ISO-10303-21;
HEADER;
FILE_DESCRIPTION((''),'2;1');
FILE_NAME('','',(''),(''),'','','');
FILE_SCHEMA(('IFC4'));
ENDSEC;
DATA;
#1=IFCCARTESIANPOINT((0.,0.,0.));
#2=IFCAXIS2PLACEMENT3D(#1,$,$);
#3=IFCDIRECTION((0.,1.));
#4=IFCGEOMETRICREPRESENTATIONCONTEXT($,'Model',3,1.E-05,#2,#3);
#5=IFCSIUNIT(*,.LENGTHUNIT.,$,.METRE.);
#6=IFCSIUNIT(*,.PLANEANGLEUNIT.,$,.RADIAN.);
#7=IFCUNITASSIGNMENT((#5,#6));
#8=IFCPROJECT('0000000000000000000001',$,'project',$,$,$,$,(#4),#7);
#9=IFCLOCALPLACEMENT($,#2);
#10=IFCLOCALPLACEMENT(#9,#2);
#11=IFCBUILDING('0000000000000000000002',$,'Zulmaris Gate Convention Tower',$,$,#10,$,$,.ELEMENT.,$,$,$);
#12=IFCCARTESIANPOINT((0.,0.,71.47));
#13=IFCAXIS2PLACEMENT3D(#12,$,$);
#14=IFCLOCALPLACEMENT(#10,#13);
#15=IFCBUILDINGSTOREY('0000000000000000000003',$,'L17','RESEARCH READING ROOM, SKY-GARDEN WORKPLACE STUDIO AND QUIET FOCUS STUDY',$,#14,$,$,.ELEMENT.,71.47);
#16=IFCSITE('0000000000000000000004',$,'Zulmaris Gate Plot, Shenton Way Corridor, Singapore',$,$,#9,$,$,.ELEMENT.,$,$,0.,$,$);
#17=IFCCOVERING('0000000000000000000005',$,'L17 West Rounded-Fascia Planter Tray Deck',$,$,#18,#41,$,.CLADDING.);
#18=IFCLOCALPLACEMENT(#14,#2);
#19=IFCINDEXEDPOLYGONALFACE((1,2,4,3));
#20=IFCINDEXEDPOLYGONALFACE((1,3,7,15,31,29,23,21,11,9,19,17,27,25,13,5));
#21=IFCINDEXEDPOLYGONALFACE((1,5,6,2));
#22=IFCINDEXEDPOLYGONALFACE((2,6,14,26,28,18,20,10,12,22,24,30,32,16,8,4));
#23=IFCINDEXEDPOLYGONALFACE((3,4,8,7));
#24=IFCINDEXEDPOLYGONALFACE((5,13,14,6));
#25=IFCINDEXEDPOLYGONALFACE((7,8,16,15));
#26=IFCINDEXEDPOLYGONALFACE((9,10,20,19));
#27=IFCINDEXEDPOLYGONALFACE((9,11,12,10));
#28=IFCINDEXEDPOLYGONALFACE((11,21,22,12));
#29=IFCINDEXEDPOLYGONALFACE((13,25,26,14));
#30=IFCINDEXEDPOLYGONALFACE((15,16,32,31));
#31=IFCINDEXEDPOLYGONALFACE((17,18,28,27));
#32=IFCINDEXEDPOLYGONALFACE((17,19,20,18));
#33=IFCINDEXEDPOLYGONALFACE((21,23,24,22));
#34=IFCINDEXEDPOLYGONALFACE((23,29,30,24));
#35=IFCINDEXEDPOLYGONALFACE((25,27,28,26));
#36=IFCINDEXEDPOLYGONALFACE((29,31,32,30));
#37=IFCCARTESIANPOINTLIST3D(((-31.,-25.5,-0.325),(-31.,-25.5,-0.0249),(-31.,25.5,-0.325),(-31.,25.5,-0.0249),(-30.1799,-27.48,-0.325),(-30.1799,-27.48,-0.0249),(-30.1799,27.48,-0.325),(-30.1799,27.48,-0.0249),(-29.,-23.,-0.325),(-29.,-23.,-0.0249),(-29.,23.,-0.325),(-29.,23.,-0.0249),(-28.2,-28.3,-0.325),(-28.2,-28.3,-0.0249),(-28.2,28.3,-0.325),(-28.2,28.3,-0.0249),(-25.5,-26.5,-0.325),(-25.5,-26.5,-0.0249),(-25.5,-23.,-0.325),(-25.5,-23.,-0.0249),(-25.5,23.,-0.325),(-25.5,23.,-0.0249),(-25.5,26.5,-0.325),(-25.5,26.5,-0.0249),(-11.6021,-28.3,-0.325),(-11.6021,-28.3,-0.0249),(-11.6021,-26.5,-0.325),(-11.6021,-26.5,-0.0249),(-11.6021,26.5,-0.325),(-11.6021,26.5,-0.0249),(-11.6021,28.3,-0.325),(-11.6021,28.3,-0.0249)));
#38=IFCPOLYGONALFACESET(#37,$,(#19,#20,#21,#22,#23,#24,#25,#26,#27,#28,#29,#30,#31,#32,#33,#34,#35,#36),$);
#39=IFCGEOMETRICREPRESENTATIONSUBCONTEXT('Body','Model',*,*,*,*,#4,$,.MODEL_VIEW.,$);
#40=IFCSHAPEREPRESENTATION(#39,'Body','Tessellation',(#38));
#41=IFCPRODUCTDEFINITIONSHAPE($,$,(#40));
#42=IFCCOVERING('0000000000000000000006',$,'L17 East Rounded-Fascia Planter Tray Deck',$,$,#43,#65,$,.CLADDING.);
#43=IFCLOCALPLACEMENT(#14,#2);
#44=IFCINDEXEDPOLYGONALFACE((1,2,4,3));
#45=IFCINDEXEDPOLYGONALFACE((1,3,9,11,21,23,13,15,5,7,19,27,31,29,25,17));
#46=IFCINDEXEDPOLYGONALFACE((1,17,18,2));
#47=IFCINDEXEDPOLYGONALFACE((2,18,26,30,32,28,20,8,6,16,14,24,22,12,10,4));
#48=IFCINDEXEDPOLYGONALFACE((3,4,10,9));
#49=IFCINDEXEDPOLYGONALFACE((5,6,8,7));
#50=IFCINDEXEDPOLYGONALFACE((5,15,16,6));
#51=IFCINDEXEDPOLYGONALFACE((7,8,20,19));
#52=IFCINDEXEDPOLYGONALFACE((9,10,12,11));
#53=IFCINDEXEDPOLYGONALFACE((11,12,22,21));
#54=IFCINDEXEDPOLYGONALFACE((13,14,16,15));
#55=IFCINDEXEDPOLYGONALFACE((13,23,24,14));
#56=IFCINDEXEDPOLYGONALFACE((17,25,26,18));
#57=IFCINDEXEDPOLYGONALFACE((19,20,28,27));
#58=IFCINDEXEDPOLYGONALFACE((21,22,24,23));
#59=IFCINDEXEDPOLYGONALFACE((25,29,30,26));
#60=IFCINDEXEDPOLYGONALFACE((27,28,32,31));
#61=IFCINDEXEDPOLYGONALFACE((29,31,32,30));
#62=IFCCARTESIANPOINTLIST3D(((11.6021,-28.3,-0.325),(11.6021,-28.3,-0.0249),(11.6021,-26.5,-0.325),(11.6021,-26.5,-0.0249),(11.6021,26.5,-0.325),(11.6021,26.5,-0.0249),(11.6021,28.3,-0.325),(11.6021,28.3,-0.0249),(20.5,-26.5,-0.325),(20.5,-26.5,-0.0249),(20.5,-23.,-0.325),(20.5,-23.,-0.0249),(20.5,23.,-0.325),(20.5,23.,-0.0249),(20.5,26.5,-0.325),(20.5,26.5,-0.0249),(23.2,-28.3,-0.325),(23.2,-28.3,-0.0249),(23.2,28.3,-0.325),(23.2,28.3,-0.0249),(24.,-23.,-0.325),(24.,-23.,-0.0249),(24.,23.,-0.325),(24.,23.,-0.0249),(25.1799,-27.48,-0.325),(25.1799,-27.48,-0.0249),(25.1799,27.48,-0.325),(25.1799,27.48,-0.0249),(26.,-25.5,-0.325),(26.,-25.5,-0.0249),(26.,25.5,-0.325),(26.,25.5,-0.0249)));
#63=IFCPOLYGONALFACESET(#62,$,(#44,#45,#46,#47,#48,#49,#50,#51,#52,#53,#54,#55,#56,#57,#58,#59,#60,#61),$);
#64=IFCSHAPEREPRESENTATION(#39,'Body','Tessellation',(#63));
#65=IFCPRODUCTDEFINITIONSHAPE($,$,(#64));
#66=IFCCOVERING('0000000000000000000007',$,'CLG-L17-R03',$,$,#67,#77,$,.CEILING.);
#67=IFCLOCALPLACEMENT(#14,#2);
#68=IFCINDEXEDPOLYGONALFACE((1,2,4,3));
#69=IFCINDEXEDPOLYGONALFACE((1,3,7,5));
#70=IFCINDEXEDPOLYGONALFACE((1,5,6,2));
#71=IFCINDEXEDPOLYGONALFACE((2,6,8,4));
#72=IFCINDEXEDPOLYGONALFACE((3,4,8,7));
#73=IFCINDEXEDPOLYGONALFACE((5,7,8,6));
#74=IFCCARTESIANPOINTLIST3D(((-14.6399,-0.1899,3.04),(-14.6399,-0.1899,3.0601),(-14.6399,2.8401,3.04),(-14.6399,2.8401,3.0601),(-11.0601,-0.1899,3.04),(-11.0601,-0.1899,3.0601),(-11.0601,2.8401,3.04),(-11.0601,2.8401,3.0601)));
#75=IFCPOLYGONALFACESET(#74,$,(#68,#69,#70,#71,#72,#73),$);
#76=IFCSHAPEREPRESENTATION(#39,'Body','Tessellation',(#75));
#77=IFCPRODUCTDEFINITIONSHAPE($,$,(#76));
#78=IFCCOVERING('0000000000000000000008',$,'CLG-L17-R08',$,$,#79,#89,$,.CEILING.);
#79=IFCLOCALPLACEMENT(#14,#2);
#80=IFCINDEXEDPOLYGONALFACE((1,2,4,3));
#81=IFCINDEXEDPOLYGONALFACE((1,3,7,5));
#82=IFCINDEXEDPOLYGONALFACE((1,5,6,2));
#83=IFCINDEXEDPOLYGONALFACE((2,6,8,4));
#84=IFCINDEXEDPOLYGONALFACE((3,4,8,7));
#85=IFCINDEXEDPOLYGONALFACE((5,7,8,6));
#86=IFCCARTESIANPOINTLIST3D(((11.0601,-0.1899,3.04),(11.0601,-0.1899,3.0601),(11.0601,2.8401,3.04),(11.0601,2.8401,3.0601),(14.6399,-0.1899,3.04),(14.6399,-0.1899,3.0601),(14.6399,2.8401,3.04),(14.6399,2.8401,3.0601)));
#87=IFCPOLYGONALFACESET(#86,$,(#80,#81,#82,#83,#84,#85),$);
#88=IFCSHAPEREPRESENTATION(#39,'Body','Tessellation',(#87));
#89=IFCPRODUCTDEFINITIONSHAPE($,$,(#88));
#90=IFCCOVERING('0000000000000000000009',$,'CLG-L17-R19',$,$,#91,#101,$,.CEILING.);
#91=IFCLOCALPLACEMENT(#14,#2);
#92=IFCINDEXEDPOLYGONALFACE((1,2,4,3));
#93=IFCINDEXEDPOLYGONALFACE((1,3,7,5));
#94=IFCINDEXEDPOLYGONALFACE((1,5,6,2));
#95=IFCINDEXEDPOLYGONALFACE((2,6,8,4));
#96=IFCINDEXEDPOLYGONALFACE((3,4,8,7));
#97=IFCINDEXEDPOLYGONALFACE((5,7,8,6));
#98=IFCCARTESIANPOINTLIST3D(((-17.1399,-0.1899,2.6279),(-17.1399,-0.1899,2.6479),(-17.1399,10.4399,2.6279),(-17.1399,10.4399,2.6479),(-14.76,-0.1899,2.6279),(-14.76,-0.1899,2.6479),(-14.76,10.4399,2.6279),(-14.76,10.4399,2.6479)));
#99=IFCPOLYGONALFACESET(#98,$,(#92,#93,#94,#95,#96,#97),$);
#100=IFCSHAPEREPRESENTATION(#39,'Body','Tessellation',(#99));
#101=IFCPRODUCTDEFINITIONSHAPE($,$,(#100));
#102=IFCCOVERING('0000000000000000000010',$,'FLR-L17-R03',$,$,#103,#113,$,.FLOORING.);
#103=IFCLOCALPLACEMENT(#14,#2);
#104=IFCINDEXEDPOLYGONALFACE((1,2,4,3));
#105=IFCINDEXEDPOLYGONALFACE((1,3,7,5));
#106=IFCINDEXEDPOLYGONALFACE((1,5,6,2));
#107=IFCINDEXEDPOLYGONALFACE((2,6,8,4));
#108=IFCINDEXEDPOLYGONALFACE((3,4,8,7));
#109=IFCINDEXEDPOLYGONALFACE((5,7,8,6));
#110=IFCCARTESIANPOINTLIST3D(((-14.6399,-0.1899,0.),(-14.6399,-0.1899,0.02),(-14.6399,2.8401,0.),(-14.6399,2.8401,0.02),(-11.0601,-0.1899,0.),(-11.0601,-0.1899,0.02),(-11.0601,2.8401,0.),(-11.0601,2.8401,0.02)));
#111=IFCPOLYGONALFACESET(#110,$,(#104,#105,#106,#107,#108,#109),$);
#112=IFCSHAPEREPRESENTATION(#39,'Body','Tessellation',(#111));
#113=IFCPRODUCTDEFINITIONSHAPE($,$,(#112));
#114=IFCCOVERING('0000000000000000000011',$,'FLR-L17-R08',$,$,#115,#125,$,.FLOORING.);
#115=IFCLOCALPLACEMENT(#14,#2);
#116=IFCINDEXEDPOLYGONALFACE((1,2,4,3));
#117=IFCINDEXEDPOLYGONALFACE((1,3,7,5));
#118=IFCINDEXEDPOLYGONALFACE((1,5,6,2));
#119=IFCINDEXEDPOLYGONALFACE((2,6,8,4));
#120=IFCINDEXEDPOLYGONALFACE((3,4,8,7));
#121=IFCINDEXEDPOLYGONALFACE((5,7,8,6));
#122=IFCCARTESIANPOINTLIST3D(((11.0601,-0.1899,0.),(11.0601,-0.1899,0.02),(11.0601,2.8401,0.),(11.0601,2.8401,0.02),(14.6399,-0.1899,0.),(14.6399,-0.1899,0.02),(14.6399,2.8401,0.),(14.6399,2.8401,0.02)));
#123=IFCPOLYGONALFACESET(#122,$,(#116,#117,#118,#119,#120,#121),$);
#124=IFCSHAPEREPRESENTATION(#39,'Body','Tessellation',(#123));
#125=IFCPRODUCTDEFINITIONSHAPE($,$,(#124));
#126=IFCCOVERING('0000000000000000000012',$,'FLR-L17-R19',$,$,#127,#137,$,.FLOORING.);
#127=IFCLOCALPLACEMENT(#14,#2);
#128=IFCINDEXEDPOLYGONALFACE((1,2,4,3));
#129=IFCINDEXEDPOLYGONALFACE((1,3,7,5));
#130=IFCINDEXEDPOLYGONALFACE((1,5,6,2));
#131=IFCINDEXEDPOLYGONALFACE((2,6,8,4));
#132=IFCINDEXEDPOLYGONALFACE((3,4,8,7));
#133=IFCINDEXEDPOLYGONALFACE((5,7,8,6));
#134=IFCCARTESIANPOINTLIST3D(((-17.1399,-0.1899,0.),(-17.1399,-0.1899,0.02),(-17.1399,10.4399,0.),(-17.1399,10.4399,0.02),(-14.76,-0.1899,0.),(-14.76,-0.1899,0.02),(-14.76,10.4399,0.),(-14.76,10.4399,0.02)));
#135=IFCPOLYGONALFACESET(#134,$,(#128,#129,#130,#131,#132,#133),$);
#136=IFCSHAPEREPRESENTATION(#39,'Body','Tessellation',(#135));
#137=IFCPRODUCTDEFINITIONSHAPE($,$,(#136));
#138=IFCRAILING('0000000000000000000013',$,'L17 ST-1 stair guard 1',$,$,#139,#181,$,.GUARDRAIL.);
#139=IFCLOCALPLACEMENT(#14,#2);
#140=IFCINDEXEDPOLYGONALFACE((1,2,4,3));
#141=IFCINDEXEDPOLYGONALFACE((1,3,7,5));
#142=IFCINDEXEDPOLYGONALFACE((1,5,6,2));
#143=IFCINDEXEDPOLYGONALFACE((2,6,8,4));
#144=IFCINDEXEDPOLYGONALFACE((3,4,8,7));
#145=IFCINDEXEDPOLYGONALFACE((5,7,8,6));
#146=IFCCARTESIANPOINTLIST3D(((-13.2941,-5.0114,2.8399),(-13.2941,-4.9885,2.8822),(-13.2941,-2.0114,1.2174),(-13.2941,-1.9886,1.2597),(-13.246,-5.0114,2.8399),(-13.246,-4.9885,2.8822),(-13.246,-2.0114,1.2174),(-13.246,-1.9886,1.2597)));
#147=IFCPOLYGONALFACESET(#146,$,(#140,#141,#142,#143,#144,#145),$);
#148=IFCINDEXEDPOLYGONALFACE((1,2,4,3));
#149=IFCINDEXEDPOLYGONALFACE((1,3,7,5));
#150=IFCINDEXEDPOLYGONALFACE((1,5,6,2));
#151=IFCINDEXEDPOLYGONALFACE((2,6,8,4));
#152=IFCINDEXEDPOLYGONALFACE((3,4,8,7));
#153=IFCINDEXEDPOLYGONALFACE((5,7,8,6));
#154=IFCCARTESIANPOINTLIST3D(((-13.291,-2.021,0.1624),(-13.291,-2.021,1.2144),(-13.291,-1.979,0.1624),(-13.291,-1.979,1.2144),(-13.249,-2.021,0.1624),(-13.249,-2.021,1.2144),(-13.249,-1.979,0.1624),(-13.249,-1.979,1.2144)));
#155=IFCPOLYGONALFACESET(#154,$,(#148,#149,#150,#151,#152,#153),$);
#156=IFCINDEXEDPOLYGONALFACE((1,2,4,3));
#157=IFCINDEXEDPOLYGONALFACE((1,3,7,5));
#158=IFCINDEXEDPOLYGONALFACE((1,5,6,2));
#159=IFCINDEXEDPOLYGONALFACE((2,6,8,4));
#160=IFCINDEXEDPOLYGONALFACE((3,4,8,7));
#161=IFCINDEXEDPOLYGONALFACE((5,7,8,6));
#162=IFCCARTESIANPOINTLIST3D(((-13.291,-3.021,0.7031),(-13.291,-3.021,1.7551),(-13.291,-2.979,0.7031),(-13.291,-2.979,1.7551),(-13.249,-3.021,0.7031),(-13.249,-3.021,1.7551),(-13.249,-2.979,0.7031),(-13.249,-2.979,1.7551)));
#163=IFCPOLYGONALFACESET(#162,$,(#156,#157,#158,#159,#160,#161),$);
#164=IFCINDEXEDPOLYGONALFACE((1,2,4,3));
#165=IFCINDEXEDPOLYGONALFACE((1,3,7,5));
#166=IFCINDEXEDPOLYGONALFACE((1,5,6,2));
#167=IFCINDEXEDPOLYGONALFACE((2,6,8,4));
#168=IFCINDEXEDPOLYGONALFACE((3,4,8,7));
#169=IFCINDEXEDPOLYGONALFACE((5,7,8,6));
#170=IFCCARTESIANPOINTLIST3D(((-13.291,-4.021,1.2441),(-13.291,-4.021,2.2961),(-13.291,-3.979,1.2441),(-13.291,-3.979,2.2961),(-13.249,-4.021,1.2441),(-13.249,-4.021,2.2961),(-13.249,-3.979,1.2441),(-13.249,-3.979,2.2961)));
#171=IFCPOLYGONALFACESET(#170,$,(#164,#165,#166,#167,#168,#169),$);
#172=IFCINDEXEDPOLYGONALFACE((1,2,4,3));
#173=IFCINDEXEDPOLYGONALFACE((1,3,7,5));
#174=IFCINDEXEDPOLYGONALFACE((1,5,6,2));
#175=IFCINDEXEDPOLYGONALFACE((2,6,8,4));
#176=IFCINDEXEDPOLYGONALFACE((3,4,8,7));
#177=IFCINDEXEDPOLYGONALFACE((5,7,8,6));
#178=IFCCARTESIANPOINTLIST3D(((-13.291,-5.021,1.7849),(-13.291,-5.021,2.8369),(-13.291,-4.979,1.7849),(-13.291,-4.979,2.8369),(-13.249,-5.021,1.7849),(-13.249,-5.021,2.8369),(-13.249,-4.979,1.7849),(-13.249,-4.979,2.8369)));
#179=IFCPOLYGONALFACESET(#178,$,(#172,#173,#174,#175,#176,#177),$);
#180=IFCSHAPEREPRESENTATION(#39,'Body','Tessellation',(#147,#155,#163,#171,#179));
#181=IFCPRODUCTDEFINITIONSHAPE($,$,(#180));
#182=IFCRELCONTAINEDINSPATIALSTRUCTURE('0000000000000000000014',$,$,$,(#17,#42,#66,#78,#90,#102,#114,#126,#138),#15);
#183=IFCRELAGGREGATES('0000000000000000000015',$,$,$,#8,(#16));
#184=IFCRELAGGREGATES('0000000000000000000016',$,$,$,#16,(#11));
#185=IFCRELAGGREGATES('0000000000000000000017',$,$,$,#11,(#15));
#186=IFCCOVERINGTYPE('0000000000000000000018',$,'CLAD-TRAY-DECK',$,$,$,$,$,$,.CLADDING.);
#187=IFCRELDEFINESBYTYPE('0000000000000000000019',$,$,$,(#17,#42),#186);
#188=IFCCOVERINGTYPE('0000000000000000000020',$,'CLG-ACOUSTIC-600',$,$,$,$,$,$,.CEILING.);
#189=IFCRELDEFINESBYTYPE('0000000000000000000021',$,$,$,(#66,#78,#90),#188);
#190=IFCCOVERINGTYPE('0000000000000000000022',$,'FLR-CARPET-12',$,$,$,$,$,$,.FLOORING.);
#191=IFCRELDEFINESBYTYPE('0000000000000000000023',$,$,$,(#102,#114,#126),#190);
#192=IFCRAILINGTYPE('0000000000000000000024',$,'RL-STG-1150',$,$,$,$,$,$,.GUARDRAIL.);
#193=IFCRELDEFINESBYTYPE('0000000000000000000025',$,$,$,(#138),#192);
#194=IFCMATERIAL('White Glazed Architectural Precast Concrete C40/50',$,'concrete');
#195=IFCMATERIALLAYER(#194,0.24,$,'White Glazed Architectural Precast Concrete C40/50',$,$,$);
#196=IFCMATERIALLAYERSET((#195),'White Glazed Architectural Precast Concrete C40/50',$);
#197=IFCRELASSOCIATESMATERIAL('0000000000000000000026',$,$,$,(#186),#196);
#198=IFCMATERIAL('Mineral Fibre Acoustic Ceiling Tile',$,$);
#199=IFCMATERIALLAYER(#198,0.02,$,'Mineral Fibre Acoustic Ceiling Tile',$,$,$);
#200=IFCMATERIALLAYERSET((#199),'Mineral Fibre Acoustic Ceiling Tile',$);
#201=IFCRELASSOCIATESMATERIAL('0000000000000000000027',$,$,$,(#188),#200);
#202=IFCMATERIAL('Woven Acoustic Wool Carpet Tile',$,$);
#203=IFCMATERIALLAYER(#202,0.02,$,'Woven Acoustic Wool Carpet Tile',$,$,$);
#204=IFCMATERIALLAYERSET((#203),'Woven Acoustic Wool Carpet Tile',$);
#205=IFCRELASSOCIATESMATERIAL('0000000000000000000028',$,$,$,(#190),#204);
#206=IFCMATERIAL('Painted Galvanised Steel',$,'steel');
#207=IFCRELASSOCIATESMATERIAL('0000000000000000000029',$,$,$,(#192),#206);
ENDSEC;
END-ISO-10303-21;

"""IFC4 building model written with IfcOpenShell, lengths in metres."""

from ifc_helpers import new_model, si_unit, direction, frame, origin, origin_2d, place, context, subcontext, project, spatial, polyline, rectangle, outline, extrude, material, layer, layer_set, type_object, element, save


model = new_model("IFC4")

# Units and contexts
model_context = context("Model", 3, precision=1e-05, world=origin(), true_north=direction((0.0, 1.0)))
body_context = subcontext(model_context, "Body", "Model", "MODEL_VIEW")
ifc_project = project(units=[si_unit("LENGTHUNIT", "METRE"), si_unit("PLANEANGLEUNIT", "RADIAN")], contexts=[model_context])

# Site, building, storey
site_placement = place(None, origin())
site = spatial("IfcSite", under=ifc_project, at=site_placement, Name="Zulmaris Gate Plot, Shenton Way Corridor, Singapore", CompositionType="ELEMENT", RefElevation=0.0)
building_placement = place(site_placement, origin())
building = spatial("IfcBuilding", under=site, at=building_placement, Name="Zulmaris Gate Convention Tower", CompositionType="ELEMENT")
storey_placement = place(building_placement, frame((0.0, 0.0, 71.47)))
storey = spatial("IfcBuildingStorey", under=building, at=storey_placement, Name="L17", Description="RESEARCH READING ROOM, SKY-GARDEN WORKPLACE STUDIO AND QUIET FOCUS STUDY", CompositionType="ELEMENT", Elevation=71.47)

# Coverings
ifc_material_1 = material(Name="White Glazed Architectural Precast Concrete C40/50", Category="concrete")
ifc_layer_1 = layer(ifc_material_1, 0.24, Name="White Glazed Architectural Precast Concrete C40/50")
ifc_layer_set_1 = layer_set([ifc_layer_1], Name="White Glazed Architectural Precast Concrete C40/50")
covering_type_1 = type_object("IfcCoveringType", Name="CLAD-TRAY-DECK", PredefinedType="CLADDING", material=ifc_layer_set_1)
covering_1_placement = place(storey_placement, frame((0.0, 0.0, -0.325)))
element("IfcCovering", 1, at=covering_1_placement, inside=storey, type_object=covering_type_1, Name="L17 West Rounded-Fascia Planter Tray Deck", PredefinedType="CLADDING", context=body_context, shape_type="SweptSolid", body=[
    extrude(outline(polyline([(-31.0, 25.5), (-30.1799, 27.48), (-28.2, 28.3), (-11.6021, 28.3), (-11.6021, 26.5), (-25.5, 26.5), (-25.5, 23.0), (-29.0, 23.0), (-29.0, -23.0), (-25.5, -23.0), (-25.5, -26.5), (-11.6021, -26.5), (-11.6021, -28.3), (-28.2, -28.3), (-30.1799, -27.48), (-31.0, -25.5), (-31.0, 25.5)])), origin(), (0.0, 0.0, 1.0), 0.3),
])
covering_2_placement = place(storey_placement, frame((0.0, 0.0, -0.325)))
element("IfcCovering", 2, at=covering_2_placement, inside=storey, type_object=covering_type_1, Name="L17 East Rounded-Fascia Planter Tray Deck", PredefinedType="CLADDING", context=body_context, shape_type="SweptSolid", body=[
    extrude(outline(polyline([(23.2, 28.3), (25.1799, 27.48), (26.0, 25.5), (26.0, -25.5), (25.1799, -27.48), (23.2, -28.3), (11.6021, -28.3), (11.6021, -26.5), (20.5, -26.5), (20.5, -23.0), (24.0, -23.0), (24.0, 23.0), (20.5, 23.0), (20.5, 26.5), (11.6021, 26.5), (11.6021, 28.3), (23.2, 28.3)])), origin(), (0.0, 0.0, 1.0), 0.3),
])
ifc_material_2 = material(Name="Mineral Fibre Acoustic Ceiling Tile")
ifc_layer_2 = layer(ifc_material_2, 0.02, Name="Mineral Fibre Acoustic Ceiling Tile")
ifc_layer_set_2 = layer_set([ifc_layer_2], Name="Mineral Fibre Acoustic Ceiling Tile")
covering_type_2 = type_object("IfcCoveringType", Name="CLG-ACOUSTIC-600", PredefinedType="CEILING", material=ifc_layer_set_2)
covering_3_placement = place(storey_placement, frame((0.0, 0.0, 3.04)))
element("IfcCovering", 3, at=covering_3_placement, inside=storey, type_object=covering_type_2, Name="CLG-L17-R03", PredefinedType="CEILING", context=body_context, shape_type="SweptSolid", body=[
    extrude(outline(polyline([(-14.6399, -0.1899), (-11.0601, -0.1899), (-11.0601, 2.8401), (-14.6399, 2.8401), (-14.6399, -0.1899)])), origin(), (0.0, 0.0, 1.0), 0.02),
])
covering_4_placement = place(storey_placement, frame((0.0, 0.0, 3.04)))
element("IfcCovering", 4, at=covering_4_placement, inside=storey, type_object=covering_type_2, Name="CLG-L17-R08", PredefinedType="CEILING", context=body_context, shape_type="SweptSolid", body=[
    extrude(outline(polyline([(11.0601, -0.1899), (14.6399, -0.1899), (14.6399, 2.8401), (11.0601, 2.8401), (11.0601, -0.1899)])), origin(), (0.0, 0.0, 1.0), 0.02),
])
covering_5_placement = place(storey_placement, frame((0.0, 0.0, 2.6279)))
element("IfcCovering", 5, at=covering_5_placement, inside=storey, type_object=covering_type_2, Name="CLG-L17-R19", PredefinedType="CEILING", context=body_context, shape_type="SweptSolid", body=[
    extrude(outline(polyline([(-17.1399, -0.1899), (-14.76, -0.1899), (-14.76, 10.4399), (-17.1399, 10.4399), (-17.1399, -0.1899)])), origin(), (0.0, 0.0, 1.0), 0.02),
])
ifc_material_3 = material(Name="Woven Acoustic Wool Carpet Tile")
ifc_layer_3 = layer(ifc_material_3, 0.02, Name="Woven Acoustic Wool Carpet Tile")
ifc_layer_set_3 = layer_set([ifc_layer_3], Name="Woven Acoustic Wool Carpet Tile")
covering_type_3 = type_object("IfcCoveringType", Name="FLR-CARPET-12", PredefinedType="FLOORING", material=ifc_layer_set_3)
covering_6_placement = place(storey_placement, origin())
element("IfcCovering", 6, at=covering_6_placement, inside=storey, type_object=covering_type_3, Name="FLR-L17-R03", PredefinedType="FLOORING", context=body_context, shape_type="SweptSolid", body=[
    extrude(outline(polyline([(-14.6399, -0.1899), (-11.0601, -0.1899), (-11.0601, 2.8401), (-14.6399, 2.8401), (-14.6399, -0.1899)])), origin(), (0.0, 0.0, 1.0), 0.02),
])
covering_7_placement = place(storey_placement, origin())
element("IfcCovering", 7, at=covering_7_placement, inside=storey, type_object=covering_type_3, Name="FLR-L17-R08", PredefinedType="FLOORING", context=body_context, shape_type="SweptSolid", body=[
    extrude(outline(polyline([(11.0601, -0.1899), (14.6399, -0.1899), (14.6399, 2.8401), (11.0601, 2.8401), (11.0601, -0.1899)])), origin(), (0.0, 0.0, 1.0), 0.02),
])
covering_8_placement = place(storey_placement, origin())
element("IfcCovering", 8, at=covering_8_placement, inside=storey, type_object=covering_type_3, Name="FLR-L17-R19", PredefinedType="FLOORING", context=body_context, shape_type="SweptSolid", body=[
    extrude(outline(polyline([(-17.1399, -0.1899), (-14.76, -0.1899), (-14.76, 10.4399), (-17.1399, 10.4399), (-17.1399, -0.1899)])), origin(), (0.0, 0.0, 1.0), 0.02),
])

# Railing
ifc_material_4 = material(Name="Painted Galvanised Steel", Category="steel")
railing_type_1 = type_object("IfcRailingType", Name="RL-STG-1150", PredefinedType="GUARDRAIL", material=ifc_material_4)
railing_1_placement = place(storey_placement, frame((-13.27, -2.0, 0.1624)))
element("IfcRailing", 9, at=railing_1_placement, inside=storey, type_object=railing_type_1, Name="L17 ST-1 stair guard 1", PredefinedType="GUARDRAIL", context=body_context, shape_type="SweptSolid", body=[
    extrude(rectangle(XDim=0.0481, YDim=0.0481, at=origin_2d()), frame((0.0, 0.0, 1.0762), z_axis=(0.0, -0.879592, 0.47573), x_axis=(1.0, 0.0, 0.0)), (0.0, 0.0, 1.0), 3.4106),
    extrude(rectangle(XDim=0.042, YDim=0.042, at=origin_2d()), origin(), (0.0, 0.0, 1.0), 1.052),
    extrude(rectangle(XDim=0.042, YDim=0.042, at=origin_2d()), frame((0.0, -1.0, 0.5408)), (0.0, 0.0, 1.0), 1.052),
    extrude(rectangle(XDim=0.042, YDim=0.042, at=origin_2d()), frame((0.0, -2.0, 1.0818)), (0.0, 0.0, 1.0), 1.052),
    extrude(rectangle(XDim=0.042, YDim=0.042, at=origin_2d()), frame((0.0, -3.0, 1.6226)), (0.0, 0.0, 1.0), 1.052),
])

save(model, "model.ifc")
